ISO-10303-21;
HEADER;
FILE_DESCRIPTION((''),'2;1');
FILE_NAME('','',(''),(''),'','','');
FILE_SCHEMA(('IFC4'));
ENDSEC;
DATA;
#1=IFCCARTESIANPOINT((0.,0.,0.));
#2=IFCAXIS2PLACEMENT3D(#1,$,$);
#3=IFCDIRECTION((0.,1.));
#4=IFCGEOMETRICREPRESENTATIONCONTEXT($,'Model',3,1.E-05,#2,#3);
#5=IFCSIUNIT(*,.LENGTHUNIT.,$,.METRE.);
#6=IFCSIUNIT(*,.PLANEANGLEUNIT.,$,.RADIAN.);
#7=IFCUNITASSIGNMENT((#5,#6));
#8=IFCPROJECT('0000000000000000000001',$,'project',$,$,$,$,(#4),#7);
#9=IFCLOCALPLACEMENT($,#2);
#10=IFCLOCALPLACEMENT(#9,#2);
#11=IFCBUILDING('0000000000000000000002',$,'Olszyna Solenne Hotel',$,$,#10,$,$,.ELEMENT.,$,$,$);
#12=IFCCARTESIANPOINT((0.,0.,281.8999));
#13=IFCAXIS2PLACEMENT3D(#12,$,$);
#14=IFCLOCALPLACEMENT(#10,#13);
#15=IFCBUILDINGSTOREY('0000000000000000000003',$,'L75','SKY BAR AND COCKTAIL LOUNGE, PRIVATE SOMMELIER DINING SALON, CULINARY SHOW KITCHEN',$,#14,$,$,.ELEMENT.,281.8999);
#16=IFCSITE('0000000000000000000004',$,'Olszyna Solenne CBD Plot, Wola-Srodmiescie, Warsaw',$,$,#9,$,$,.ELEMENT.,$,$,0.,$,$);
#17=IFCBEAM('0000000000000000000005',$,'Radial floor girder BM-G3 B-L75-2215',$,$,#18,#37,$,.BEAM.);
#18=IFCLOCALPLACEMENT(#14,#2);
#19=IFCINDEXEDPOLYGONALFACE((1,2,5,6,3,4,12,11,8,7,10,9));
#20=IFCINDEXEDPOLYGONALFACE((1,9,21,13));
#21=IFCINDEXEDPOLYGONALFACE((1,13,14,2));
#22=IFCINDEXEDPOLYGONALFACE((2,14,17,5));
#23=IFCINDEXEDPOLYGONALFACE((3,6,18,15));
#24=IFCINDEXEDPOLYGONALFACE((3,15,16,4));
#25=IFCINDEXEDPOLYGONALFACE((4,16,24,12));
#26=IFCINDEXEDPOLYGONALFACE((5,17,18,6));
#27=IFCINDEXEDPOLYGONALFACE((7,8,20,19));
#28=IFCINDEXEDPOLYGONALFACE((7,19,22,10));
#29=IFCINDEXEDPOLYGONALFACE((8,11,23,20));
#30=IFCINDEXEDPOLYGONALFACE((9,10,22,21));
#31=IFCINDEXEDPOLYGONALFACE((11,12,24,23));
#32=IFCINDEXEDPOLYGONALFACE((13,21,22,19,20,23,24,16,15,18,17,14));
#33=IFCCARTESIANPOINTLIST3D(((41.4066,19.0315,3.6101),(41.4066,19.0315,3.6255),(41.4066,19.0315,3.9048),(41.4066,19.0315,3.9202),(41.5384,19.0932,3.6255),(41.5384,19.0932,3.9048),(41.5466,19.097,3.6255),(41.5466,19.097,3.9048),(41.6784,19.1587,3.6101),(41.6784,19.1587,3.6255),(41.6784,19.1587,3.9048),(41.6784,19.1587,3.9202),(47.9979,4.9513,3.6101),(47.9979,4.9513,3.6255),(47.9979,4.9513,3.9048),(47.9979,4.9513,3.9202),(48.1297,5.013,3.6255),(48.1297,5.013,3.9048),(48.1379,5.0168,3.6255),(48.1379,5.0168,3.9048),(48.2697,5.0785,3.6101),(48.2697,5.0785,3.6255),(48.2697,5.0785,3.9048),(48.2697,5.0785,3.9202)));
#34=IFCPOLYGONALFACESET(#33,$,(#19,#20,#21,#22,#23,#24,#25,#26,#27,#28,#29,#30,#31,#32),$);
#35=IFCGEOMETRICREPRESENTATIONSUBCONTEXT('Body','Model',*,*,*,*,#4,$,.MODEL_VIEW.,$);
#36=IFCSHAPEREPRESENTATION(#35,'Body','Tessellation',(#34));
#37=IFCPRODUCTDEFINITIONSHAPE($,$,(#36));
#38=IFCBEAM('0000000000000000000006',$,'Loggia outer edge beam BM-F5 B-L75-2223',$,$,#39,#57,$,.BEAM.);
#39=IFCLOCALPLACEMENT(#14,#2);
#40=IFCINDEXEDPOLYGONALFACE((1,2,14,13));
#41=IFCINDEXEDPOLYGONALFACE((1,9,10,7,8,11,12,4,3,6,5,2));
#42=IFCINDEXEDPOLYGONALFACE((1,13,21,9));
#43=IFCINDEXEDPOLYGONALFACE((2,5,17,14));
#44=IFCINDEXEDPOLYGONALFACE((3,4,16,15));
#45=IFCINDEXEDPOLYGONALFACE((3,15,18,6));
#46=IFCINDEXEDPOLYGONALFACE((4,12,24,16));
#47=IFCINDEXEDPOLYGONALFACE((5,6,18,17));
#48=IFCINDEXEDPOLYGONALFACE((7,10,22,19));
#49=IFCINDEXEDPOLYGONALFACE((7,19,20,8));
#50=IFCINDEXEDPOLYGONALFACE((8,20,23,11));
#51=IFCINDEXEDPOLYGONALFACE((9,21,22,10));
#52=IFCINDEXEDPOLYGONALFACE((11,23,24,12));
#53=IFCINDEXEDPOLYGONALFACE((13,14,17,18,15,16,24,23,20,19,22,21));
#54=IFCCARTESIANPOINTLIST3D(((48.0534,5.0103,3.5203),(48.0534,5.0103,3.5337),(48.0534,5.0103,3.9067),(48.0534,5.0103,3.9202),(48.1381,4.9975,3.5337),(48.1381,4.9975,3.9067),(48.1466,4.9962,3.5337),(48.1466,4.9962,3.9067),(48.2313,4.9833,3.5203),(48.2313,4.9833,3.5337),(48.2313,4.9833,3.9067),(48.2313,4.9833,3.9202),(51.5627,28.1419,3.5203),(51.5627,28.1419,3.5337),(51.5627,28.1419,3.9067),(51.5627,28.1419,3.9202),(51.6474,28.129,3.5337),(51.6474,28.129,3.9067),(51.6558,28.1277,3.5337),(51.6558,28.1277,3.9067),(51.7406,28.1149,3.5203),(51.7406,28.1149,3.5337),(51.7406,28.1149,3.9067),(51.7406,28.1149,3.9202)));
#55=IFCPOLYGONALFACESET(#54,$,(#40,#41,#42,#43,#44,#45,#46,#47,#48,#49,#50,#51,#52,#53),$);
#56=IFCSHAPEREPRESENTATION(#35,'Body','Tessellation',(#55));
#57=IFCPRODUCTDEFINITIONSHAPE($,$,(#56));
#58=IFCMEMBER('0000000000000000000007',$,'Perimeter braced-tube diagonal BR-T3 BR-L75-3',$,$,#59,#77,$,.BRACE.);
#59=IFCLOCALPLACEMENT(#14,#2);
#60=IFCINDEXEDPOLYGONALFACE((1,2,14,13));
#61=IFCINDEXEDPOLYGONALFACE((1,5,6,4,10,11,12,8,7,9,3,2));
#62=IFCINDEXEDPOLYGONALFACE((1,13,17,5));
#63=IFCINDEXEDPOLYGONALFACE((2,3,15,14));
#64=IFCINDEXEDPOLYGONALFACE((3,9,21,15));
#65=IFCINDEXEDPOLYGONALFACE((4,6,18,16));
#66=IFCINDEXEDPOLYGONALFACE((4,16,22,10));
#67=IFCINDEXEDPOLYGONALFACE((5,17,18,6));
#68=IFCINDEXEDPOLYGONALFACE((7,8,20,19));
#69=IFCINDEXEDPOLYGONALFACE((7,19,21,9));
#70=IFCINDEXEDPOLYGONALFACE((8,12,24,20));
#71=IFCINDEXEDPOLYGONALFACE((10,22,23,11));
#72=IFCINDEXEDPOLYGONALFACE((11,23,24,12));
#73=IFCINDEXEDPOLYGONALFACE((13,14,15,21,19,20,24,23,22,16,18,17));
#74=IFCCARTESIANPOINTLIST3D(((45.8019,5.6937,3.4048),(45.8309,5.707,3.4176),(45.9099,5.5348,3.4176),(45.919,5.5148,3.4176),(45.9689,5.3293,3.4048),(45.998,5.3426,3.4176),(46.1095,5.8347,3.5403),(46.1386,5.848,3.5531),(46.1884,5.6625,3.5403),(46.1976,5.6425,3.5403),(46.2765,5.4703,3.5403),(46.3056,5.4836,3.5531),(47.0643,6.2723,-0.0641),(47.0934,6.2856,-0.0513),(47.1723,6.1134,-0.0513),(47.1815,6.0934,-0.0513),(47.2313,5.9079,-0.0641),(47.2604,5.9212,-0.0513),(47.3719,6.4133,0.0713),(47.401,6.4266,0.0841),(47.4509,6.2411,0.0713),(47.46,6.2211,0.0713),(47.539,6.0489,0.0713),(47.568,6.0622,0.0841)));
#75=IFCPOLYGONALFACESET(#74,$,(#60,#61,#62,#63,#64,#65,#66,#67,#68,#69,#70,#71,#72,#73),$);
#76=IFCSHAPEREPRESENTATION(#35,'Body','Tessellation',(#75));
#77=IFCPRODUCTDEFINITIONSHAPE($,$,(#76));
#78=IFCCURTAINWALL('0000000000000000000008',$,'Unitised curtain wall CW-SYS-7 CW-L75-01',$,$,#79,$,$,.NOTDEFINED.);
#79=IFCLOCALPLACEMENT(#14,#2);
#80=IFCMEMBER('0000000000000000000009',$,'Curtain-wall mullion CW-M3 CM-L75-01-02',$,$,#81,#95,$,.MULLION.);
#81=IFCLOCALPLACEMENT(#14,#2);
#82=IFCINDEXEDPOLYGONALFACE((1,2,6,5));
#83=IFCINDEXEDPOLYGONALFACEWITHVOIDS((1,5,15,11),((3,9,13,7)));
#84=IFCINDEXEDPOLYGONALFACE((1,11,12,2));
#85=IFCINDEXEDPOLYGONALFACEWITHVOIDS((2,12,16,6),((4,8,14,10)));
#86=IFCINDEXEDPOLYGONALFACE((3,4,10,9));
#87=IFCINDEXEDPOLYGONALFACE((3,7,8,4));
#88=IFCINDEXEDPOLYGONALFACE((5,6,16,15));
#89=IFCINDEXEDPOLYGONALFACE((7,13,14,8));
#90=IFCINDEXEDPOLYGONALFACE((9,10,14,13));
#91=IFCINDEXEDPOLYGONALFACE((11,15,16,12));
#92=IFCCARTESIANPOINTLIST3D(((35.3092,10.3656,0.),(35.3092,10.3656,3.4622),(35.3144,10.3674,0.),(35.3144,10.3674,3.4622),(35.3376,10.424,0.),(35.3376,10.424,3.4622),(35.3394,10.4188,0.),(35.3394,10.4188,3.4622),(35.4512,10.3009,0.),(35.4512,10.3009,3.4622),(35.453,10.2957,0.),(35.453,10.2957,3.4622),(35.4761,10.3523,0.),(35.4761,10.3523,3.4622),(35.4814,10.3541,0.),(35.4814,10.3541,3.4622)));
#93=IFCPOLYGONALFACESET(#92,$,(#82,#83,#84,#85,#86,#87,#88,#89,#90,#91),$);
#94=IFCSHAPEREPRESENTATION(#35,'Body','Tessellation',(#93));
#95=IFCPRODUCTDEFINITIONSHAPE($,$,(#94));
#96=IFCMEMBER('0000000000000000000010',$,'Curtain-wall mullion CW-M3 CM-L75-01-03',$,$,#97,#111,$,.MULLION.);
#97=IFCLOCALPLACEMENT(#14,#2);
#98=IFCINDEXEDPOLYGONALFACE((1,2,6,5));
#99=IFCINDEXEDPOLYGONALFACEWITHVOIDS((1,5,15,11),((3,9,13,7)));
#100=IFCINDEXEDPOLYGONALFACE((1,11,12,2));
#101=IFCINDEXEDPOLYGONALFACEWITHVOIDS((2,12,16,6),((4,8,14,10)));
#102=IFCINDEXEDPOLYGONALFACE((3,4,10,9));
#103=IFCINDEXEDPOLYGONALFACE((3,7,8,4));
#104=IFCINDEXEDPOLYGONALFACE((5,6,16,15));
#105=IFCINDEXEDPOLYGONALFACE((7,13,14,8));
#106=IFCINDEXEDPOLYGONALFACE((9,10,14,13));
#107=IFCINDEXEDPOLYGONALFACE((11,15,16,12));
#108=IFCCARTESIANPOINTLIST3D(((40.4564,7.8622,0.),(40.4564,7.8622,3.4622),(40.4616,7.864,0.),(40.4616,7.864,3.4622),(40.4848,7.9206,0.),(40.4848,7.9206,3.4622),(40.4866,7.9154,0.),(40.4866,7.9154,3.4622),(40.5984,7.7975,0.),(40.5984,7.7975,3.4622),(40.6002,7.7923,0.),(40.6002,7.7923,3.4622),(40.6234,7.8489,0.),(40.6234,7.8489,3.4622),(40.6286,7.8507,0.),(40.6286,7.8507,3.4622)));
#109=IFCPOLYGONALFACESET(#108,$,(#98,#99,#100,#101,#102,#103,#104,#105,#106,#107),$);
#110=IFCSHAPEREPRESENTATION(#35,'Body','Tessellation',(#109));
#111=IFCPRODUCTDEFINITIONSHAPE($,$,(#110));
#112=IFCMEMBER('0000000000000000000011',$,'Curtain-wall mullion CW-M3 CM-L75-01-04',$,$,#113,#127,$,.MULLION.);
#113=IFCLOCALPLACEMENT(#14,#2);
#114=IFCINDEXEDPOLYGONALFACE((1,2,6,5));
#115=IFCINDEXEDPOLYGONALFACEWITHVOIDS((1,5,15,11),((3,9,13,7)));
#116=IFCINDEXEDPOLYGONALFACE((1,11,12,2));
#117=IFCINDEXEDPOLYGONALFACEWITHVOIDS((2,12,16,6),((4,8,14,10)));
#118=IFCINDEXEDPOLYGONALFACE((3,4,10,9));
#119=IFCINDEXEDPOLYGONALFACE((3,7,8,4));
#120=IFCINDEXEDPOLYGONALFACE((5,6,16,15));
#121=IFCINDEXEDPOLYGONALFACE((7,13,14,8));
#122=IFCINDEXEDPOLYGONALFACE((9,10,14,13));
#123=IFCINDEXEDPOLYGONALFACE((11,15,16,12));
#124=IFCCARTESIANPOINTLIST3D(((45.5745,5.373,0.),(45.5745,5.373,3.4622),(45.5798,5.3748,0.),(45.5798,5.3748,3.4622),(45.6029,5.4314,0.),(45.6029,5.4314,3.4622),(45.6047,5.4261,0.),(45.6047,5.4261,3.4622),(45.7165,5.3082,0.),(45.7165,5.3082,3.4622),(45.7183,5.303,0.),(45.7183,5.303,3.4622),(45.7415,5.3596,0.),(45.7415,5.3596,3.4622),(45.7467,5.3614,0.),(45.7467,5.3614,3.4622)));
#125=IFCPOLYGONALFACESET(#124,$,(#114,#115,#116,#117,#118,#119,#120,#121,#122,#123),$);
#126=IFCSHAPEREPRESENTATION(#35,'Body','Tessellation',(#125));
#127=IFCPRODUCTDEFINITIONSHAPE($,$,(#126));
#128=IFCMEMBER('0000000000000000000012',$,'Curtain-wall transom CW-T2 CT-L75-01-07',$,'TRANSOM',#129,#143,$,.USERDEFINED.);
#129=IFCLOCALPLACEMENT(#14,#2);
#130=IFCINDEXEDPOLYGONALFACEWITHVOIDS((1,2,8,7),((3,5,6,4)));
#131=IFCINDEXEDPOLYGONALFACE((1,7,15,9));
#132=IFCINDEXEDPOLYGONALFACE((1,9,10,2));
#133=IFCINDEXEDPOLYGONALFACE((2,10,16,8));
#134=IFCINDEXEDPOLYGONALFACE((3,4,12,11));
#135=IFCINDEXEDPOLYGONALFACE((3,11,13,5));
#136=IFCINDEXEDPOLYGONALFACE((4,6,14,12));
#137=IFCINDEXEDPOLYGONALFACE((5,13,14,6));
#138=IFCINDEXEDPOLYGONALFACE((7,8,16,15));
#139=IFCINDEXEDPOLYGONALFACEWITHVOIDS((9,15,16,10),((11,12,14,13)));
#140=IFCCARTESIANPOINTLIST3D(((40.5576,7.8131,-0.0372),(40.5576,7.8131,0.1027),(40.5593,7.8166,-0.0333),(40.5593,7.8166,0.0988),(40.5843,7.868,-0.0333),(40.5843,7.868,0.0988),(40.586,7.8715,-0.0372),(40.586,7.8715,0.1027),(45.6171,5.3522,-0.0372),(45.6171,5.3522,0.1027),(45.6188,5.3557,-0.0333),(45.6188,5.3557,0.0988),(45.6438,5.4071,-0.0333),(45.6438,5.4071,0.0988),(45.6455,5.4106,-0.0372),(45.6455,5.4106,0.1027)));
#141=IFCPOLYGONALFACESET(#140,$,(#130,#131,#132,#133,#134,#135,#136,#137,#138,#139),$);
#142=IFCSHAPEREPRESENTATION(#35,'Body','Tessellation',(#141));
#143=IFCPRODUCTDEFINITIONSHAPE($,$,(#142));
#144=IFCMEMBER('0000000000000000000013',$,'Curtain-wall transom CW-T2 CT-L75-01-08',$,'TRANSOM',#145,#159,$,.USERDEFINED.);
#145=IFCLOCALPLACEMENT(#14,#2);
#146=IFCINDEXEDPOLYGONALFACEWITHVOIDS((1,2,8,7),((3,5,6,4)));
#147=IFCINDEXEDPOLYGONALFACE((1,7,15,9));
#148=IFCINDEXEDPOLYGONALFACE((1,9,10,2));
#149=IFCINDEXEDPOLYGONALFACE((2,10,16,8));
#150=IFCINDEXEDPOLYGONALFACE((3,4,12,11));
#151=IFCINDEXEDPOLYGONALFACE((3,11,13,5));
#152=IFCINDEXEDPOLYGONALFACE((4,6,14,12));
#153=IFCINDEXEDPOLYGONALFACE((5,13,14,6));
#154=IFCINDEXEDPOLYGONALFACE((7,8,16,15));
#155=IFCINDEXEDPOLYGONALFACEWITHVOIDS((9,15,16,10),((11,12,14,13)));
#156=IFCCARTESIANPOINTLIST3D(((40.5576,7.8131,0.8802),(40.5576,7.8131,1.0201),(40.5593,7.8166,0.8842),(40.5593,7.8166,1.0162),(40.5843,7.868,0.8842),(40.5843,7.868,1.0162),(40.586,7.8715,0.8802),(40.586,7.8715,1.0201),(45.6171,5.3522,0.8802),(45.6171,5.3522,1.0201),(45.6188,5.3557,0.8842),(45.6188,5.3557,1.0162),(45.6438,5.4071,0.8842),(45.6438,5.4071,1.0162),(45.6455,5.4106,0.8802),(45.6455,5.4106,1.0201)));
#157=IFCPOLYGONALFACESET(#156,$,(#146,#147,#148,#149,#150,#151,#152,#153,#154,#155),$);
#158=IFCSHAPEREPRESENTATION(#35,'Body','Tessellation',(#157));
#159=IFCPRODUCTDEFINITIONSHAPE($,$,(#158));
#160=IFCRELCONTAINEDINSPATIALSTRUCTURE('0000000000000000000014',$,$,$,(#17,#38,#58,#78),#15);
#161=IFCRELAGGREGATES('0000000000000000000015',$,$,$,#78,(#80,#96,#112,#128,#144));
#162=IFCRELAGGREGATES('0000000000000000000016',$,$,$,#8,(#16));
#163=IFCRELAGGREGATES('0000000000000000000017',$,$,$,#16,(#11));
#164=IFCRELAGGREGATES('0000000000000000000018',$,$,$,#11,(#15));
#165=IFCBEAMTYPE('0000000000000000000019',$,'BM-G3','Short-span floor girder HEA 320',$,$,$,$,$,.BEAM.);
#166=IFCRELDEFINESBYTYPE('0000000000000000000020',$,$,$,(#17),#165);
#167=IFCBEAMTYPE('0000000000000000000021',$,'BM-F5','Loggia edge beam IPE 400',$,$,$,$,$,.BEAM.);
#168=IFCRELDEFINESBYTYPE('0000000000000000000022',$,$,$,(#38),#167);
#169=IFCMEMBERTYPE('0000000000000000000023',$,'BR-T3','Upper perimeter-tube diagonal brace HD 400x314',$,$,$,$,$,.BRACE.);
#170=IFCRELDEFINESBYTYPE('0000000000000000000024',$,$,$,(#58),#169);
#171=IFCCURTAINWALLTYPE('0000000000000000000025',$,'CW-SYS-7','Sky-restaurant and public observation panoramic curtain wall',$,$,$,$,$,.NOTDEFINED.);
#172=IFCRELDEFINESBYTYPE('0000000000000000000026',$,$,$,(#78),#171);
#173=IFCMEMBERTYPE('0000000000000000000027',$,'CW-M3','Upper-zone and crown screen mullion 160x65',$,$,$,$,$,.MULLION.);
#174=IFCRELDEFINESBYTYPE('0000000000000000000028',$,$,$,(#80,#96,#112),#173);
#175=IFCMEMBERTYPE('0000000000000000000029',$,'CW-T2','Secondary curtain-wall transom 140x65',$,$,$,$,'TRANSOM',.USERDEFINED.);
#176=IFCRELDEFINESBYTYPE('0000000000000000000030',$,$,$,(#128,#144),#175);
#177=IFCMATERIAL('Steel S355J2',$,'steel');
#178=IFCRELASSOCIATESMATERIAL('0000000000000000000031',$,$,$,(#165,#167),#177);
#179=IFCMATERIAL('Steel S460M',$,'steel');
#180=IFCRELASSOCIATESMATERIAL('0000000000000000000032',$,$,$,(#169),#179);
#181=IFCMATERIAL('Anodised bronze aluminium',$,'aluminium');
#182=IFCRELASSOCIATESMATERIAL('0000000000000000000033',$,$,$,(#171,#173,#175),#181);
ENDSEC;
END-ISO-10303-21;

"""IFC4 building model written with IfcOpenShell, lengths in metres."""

from ifc_helpers import new_model, si_unit, direction, frame, origin, origin_2d, place, context, subcontext, project, spatial, hollow_rectangle, i_section, extrude, source, transform, mapped, material, material_profile, profile_set, type_object, element, aggregate, save


model = new_model("IFC4")

# Units and contexts
model_context = context("Model", 3, precision=1e-05, world=origin(), true_north=direction((0.0, 1.0)))
body_context = subcontext(model_context, "Body", "Model", "MODEL_VIEW")
ifc_project = project(units=[si_unit("LENGTHUNIT", "METRE"), si_unit("PLANEANGLEUNIT", "RADIAN")], contexts=[model_context])

# Site, building, storey
site_placement = place(None, origin())
site = spatial("IfcSite", under=ifc_project, at=site_placement, Name="Olszyna Solenne CBD Plot, Wola-Srodmiescie, Warsaw", CompositionType="ELEMENT", RefElevation=0.0)
building_placement = place(site_placement, origin())
building = spatial("IfcBuilding", under=site, at=building_placement, Name="Olszyna Solenne Hotel", CompositionType="ELEMENT")
storey_placement = place(building_placement, frame((0.0, 0.0, 281.8999)))
storey = spatial("IfcBuildingStorey", under=building, at=storey_placement, Name="L75", Description="SKY BAR AND COCKTAIL LOUNGE, PRIVATE SOMMELIER DINING SALON, CULINARY SHOW KITCHEN", CompositionType="ELEMENT", Elevation=281.8999)

# Shared definitions
ifc_material_1 = material(Name="Steel S460M", Category="steel")
ifc_material_2 = material(Name="Steel S355J2", Category="steel")

# Beams
ifc_material_profile_1 = material_profile(ifc_material_2, i_section(OverallWidth=0.3, OverallDepth=0.3101, WebThickness=0.009, FlangeThickness=0.0154, at=origin_2d()), Name="HEA 320", Category="load-bearing")
ifc_profile_set_1 = profile_set([ifc_material_profile_1], Name="Steel S355J2")
beam_type_1 = type_object("IfcBeamType", Name="BM-G3", Description="Short-span floor girder HEA 320", PredefinedType="BEAM", material=ifc_profile_set_1)
shared_shape_1 = source(origin(), body_context, "Body", "SweptSolid", [
    extrude(i_section(OverallWidth=0.3, OverallDepth=0.3101, WebThickness=0.009, FlangeThickness=0.0154, at=origin_2d()), origin(), (0.0, 0.0, 1.0), 15.5466),
])
beam_1_placement = place(storey_placement, frame((48.1338, 5.0149, 3.7651), z_axis=(-0.423968, 0.905677, 0.0), x_axis=(-0.905677, -0.423968, 0.0)))
element("IfcBeam", 1, at=beam_1_placement, inside=storey, type_object=beam_type_1, Name="Radial floor girder BM-G3 B-L75-2215", PredefinedType="BEAM", context=body_context, shape_type="MappedRepresentation", body=[
    mapped(shared_shape_1, transform((0.0, 0.0, 0.0), x_axis=(1.0, 0.0, 0.0), y_axis=(0.0, 1.0, 0.0), z_axis=(0.0, 0.0, 1.0), scale=1.0)),
])
ifc_material_profile_2 = material_profile(ifc_material_2, i_section(OverallWidth=0.1799, OverallDepth=0.3999, WebThickness=0.0085, FlangeThickness=0.0134, at=origin_2d()), Name="IPE 400", Category="load-bearing")
ifc_profile_set_2 = profile_set([ifc_material_profile_2], Name="Steel S355J2")
beam_type_2 = type_object("IfcBeamType", Name="BM-F5", Description="Loggia edge beam IPE 400", PredefinedType="BEAM", material=ifc_profile_set_2)
shared_shape_2 = source(origin(), body_context, "Body", "SweptSolid", [
    extrude(i_section(OverallWidth=0.1799, OverallDepth=0.3999, WebThickness=0.0085, FlangeThickness=0.0134, at=origin_2d()), origin(), (0.0, 0.0, 1.0), 23.3962),
])
beam_2_placement = place(storey_placement, frame((48.1423, 4.9968, 3.7202), z_axis=(0.149993, 0.988687, 0.0), x_axis=(-0.988687, 0.149993, 0.0)))
element("IfcBeam", 2, at=beam_2_placement, inside=storey, type_object=beam_type_2, Name="Loggia outer edge beam BM-F5 B-L75-2223", PredefinedType="BEAM", context=body_context, shape_type="MappedRepresentation", body=[
    mapped(shared_shape_2, transform((0.0, 0.0, 0.0), x_axis=(1.0, 0.0, 0.0), y_axis=(0.0, 1.0, 0.0), z_axis=(0.0, 0.0, 1.0), scale=1.0)),
])

# Member
ifc_material_profile_3 = material_profile(ifc_material_1, i_section(OverallWidth=0.4009, OverallDepth=0.3989, WebThickness=0.022, FlangeThickness=0.0344, at=origin_2d()), Name="HD 400x314", Category="load-bearing")
ifc_profile_set_3 = profile_set([ifc_material_profile_3], Name="Steel S460M")
member_type_1 = type_object("IfcMemberType", Name="BR-T3", Description="Upper perimeter-tube diagonal brace HD 400x314", PredefinedType="BRACE", material=ifc_profile_set_3)
shared_shape_3 = source(origin(), body_context, "Body", "SweptSolid", [
    extrude(i_section(OverallWidth=0.4009, OverallDepth=0.3989, WebThickness=0.022, FlangeThickness=0.0344, at=origin_2d()), origin(), (0.0, 0.0, 1.0), 3.7366),
])
member_1_placement = place(storey_placement, frame((47.3162, 6.1672, 0.01), z_axis=(-0.337857, -0.154848, 0.928372), x_axis=(0.416649, -0.909068, 0.0)))
element("IfcMember", 3, at=member_1_placement, inside=storey, type_object=member_type_1, Name="Perimeter braced-tube diagonal BR-T3 BR-L75-3", PredefinedType="BRACE", context=body_context, shape_type="MappedRepresentation", body=[
    mapped(shared_shape_3, transform((0.0, 0.0, 0.0), x_axis=(1.0, 0.0, 0.0), y_axis=(0.0, 1.0, 0.0), z_axis=(0.0, 0.0, 1.0), scale=1.0)),
])

# Curtain wall, members
ifc_material_3 = material(Name="Anodised bronze aluminium", Category="aluminium")
curtain_wall_type = type_object("IfcCurtainWallType", Name="CW-SYS-7", Description="Sky-restaurant and public observation panoramic curtain wall", PredefinedType="NOTDEFINED", material=ifc_material_3)
curtain_wall_placement = place(storey_placement, origin())
curtain_wall = element("IfcCurtainWall", 4, at=curtain_wall_placement, inside=storey, type_object=curtain_wall_type, Name="Unitised curtain wall CW-SYS-7 CW-L75-01", PredefinedType="NOTDEFINED")
ifc_material_profile_4 = material_profile(ifc_material_3, hollow_rectangle(XDim=0.0649, YDim=0.1599, WallThickness=0.0039, at=origin_2d()), Name="MULL 160x65x4", Category="load-bearing")
ifc_profile_set_4 = profile_set([ifc_material_profile_4], Name="Anodised bronze aluminium")
member_type_2 = type_object("IfcMemberType", Name="CW-M3", Description="Upper-zone and crown screen mullion 160x65", PredefinedType="MULLION", material=ifc_profile_set_4)
shared_shape_4 = source(origin(), body_context, "Body", "SweptSolid", [
    extrude(hollow_rectangle(XDim=0.0649, YDim=0.1599, WallThickness=0.0039, at=origin_2d()), origin(), (0.0, 0.0, 1.0), 3.4622),
])
member_2_placement = place(storey_placement, frame((35.3953, 10.3599, 0.0), z_axis=(0.0, 0.0, 1.0), x_axis=(0.437387, 0.899273, 0.0)))
member_2 = element("IfcMember", 5, at=member_2_placement, type_object=member_type_2, Name="Curtain-wall mullion CW-M3 CM-L75-01-02", PredefinedType="MULLION", context=body_context, shape_type="MappedRepresentation", body=[
    mapped(shared_shape_4, transform((0.0, 0.0, 0.0), x_axis=(1.0, 0.0, 0.0), y_axis=(0.0, 1.0, 0.0), z_axis=(0.0, 0.0, 1.0), scale=1.0)),
])
member_3_placement = place(storey_placement, frame((40.5425, 7.8564, 0.0), z_axis=(0.0, 0.0, 1.0), x_axis=(0.437387, 0.899273, 0.0)))
member_3 = element("IfcMember", 6, at=member_3_placement, type_object=member_type_2, Name="Curtain-wall mullion CW-M3 CM-L75-01-03", PredefinedType="MULLION", context=body_context, shape_type="MappedRepresentation", body=[
    mapped(shared_shape_4, transform((0.0, 0.0, 0.0), x_axis=(1.0, 0.0, 0.0), y_axis=(0.0, 1.0, 0.0), z_axis=(0.0, 0.0, 1.0), scale=1.0)),
])
member_4_placement = place(storey_placement, frame((45.6606, 5.3672, 0.0), z_axis=(0.0, 0.0, 1.0), x_axis=(0.437387, 0.899273, 0.0)))
member_4 = element("IfcMember", 7, at=member_4_placement, type_object=member_type_2, Name="Curtain-wall mullion CW-M3 CM-L75-01-04", PredefinedType="MULLION", context=body_context, shape_type="MappedRepresentation", body=[
    mapped(shared_shape_4, transform((0.0, 0.0, 0.0), x_axis=(1.0, 0.0, 0.0), y_axis=(0.0, 1.0, 0.0), z_axis=(0.0, 0.0, 1.0), scale=1.0)),
])
ifc_material_profile_5 = material_profile(ifc_material_3, hollow_rectangle(XDim=0.0649, YDim=0.1399, WallThickness=0.0039, at=origin_2d()), Name="TRAN 140x65x4", Category="load-bearing")
ifc_profile_set_5 = profile_set([ifc_material_profile_5], Name="Anodised bronze aluminium")
member_type_3 = type_object("IfcMemberType", Name="CW-T2", Description="Secondary curtain-wall transom 140x65", ElementType="TRANSOM", PredefinedType="USERDEFINED", material=ifc_profile_set_5)
shared_shape_5 = source(origin(), body_context, "Body", "SweptSolid", [
    extrude(hollow_rectangle(XDim=0.0649, YDim=0.1399, WallThickness=0.0039, at=origin_2d()), origin(), (0.0, 0.0, 1.0), 5.6262),
])
member_5_placement = place(storey_placement, frame((40.5718, 7.8423, 0.0327), z_axis=(0.899268, -0.437397, 0.0), x_axis=(0.437397, 0.899268, 0.0)))
member_5 = element("IfcMember", 8, at=member_5_placement, type_object=member_type_3, Name="Curtain-wall transom CW-T2 CT-L75-01-07", ObjectType="TRANSOM", PredefinedType="USERDEFINED", context=body_context, shape_type="MappedRepresentation", body=[
    mapped(shared_shape_5, transform((0.0, 0.0, 0.0), x_axis=(1.0, 0.0, 0.0), y_axis=(0.0, 1.0, 0.0), z_axis=(0.0, 0.0, 1.0), scale=1.0)),
])
member_6_placement = place(storey_placement, frame((40.5718, 7.8423, 0.9502), z_axis=(0.899268, -0.437397, 0.0), x_axis=(0.437397, 0.899268, 0.0)))
member_6 = element("IfcMember", 9, at=member_6_placement, type_object=member_type_3, Name="Curtain-wall transom CW-T2 CT-L75-01-08", ObjectType="TRANSOM", PredefinedType="USERDEFINED", context=body_context, shape_type="MappedRepresentation", body=[
    mapped(shared_shape_5, transform((0.0, 0.0, 0.0), x_axis=(1.0, 0.0, 0.0), y_axis=(0.0, 1.0, 0.0), z_axis=(0.0, 0.0, 1.0), scale=1.0)),
])

aggregate(curtain_wall, [member_2, member_3, member_4, member_5, member_6])

save(model, "model.ifc")
